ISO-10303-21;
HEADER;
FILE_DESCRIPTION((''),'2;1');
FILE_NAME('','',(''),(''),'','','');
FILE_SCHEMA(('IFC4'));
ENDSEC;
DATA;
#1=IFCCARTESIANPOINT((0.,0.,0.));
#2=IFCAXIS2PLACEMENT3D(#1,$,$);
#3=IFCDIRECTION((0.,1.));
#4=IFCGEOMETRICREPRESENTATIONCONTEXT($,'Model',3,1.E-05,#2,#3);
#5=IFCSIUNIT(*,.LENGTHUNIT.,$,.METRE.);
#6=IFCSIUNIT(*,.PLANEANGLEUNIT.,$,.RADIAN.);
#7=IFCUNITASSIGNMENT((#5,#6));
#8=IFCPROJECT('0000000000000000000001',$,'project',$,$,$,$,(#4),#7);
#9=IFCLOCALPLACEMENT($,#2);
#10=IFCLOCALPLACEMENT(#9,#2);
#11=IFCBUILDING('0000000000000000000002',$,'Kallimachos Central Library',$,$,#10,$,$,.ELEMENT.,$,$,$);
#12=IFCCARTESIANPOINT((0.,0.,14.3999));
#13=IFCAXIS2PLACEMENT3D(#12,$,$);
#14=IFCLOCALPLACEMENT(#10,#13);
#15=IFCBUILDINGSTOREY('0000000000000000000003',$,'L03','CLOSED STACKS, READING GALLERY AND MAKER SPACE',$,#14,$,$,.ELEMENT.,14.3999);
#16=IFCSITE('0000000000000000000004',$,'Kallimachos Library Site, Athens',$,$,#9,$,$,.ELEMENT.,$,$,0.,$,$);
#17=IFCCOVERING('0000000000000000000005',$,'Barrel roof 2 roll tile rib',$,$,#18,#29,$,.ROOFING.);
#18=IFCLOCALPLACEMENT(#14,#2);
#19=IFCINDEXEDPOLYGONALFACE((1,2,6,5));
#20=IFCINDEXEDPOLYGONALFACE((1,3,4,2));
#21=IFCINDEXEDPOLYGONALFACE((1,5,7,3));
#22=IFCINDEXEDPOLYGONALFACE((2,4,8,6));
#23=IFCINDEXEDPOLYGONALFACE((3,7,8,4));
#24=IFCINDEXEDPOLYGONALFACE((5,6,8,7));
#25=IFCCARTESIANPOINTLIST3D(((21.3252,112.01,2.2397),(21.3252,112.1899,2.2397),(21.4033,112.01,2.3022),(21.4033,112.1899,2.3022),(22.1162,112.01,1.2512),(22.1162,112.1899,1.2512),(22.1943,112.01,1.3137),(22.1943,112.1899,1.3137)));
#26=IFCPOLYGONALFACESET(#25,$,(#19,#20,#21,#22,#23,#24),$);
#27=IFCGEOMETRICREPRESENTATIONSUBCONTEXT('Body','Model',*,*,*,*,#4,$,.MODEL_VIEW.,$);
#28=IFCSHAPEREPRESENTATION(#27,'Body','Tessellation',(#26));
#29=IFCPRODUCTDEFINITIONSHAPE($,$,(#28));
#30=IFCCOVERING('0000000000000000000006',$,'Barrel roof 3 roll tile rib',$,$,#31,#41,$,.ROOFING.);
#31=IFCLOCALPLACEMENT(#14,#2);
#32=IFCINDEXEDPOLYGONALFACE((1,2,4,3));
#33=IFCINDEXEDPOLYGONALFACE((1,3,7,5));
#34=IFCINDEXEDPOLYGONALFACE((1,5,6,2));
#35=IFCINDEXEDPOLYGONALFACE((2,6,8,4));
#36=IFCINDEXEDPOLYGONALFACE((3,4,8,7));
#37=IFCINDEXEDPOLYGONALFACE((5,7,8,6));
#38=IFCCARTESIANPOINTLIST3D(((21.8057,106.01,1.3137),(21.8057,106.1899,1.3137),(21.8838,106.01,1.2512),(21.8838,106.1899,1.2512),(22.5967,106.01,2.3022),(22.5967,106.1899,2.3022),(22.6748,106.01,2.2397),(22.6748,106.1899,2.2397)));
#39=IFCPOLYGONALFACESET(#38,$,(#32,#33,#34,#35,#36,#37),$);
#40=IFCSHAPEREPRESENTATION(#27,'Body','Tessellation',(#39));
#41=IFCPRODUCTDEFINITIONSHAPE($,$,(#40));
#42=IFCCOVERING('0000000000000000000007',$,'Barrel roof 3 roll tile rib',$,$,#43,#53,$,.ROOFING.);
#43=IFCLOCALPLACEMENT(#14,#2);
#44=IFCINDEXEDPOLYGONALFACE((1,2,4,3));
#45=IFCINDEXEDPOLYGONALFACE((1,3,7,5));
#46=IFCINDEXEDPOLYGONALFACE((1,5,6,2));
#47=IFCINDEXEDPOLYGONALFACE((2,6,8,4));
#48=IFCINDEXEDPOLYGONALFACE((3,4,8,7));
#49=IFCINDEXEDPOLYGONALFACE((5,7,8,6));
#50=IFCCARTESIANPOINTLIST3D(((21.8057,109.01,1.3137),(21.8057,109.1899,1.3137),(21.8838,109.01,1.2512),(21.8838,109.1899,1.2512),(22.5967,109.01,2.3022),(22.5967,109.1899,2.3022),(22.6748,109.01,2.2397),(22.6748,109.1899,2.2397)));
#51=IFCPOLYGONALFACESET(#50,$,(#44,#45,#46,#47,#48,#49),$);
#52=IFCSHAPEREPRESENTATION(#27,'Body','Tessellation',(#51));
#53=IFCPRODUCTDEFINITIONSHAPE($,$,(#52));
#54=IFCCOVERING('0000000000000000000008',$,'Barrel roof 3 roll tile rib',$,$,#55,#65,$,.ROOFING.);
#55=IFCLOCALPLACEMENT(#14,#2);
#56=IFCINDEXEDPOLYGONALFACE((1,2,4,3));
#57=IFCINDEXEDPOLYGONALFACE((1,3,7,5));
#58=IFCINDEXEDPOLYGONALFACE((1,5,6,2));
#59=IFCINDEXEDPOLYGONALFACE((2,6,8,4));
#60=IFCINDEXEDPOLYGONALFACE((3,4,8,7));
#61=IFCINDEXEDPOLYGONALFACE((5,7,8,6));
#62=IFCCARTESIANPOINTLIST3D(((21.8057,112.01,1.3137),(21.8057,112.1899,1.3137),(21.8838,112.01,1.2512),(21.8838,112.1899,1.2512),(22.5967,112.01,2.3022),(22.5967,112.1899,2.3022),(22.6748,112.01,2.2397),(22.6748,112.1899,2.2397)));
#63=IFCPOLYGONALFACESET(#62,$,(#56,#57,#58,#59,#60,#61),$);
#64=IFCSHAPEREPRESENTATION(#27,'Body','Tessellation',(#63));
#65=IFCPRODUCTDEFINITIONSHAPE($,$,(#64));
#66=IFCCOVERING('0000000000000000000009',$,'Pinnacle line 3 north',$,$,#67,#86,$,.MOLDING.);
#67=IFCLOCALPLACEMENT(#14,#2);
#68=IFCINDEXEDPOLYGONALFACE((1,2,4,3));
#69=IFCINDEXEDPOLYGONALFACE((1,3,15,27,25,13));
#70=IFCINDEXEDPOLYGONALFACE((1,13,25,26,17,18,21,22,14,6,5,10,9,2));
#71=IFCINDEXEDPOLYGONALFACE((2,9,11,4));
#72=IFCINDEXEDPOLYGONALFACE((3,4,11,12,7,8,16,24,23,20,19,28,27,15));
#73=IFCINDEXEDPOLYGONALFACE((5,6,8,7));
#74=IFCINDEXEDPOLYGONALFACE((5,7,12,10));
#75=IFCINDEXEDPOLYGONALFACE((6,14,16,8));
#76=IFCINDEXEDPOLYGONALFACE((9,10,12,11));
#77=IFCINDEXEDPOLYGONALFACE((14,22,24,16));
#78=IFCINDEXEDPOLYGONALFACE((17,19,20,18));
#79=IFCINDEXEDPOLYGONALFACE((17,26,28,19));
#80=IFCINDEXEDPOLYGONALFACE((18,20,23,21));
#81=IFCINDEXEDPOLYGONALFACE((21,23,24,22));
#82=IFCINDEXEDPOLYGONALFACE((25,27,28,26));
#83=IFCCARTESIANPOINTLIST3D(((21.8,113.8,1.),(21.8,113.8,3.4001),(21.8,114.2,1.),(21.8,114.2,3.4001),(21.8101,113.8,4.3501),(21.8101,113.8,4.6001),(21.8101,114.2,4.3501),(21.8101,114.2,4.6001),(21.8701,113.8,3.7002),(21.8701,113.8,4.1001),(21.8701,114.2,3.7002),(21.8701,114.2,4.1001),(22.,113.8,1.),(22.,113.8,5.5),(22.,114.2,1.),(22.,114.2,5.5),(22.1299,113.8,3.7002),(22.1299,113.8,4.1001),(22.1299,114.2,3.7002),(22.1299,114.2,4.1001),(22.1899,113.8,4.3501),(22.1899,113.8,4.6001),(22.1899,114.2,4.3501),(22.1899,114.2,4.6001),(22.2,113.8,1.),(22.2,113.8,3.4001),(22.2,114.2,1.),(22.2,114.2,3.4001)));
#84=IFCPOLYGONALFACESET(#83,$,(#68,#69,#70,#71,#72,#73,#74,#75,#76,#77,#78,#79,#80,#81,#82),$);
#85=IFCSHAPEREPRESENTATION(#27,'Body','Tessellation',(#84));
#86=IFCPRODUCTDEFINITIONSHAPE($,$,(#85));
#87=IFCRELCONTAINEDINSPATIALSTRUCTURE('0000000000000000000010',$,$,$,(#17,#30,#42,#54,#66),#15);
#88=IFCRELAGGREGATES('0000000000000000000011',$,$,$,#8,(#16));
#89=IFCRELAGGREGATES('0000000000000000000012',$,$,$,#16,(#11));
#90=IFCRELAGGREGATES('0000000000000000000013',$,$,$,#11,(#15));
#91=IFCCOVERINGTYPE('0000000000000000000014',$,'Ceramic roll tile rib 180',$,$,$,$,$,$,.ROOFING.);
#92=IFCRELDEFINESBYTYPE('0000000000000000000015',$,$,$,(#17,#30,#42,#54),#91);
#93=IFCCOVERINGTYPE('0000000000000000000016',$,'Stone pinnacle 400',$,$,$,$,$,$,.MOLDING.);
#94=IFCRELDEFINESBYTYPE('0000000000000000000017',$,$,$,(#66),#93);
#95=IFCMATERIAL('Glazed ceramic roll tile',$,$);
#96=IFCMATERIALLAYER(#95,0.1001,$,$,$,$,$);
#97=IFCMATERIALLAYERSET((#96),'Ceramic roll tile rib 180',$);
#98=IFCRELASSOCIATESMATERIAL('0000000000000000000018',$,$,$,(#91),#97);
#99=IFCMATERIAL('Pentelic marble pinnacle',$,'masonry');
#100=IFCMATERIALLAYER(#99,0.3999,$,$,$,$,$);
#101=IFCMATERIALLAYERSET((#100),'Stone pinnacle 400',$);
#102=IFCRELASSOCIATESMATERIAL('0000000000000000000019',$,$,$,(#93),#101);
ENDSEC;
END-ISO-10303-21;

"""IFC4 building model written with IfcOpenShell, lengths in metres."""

from ifc_helpers import new_model, si_unit, direction, frame, origin, place, context, subcontext, project, spatial, polyline, outline, extrude, material, layer, layer_set, type_object, element, save


model = new_model("IFC4")

# Units and contexts
model_context = context("Model", 3, precision=1e-05, world=origin(), true_north=direction((0.0, 1.0)))
body_context = subcontext(model_context, "Body", "Model", "MODEL_VIEW")
ifc_project = project(units=[si_unit("LENGTHUNIT", "METRE"), si_unit("PLANEANGLEUNIT", "RADIAN")], contexts=[model_context])

# Site, building, storey
site_placement = place(None, origin())
site = spatial("IfcSite", under=ifc_project, at=site_placement, Name="Kallimachos Library Site, Athens", CompositionType="ELEMENT", RefElevation=0.0)
building_placement = place(site_placement, origin())
building = spatial("IfcBuilding", under=site, at=building_placement, Name="Kallimachos Central Library", CompositionType="ELEMENT")
storey_placement = place(building_placement, frame((0.0, 0.0, 14.3999)))
storey = spatial("IfcBuildingStorey", under=building, at=storey_placement, Name="L03", Description="CLOSED STACKS, READING GALLERY AND MAKER SPACE", CompositionType="ELEMENT", Elevation=14.3999)

# Coverings
ifc_material_1 = material(Name="Glazed ceramic roll tile")
ifc_layer_1 = layer(ifc_material_1, 0.1001)
ifc_layer_set_1 = layer_set([ifc_layer_1], Name="Ceramic roll tile rib 180")
covering_type_1 = type_object("IfcCoveringType", Name="Ceramic roll tile rib 180", PredefinedType="ROOFING", material=ifc_layer_set_1)
for number, where, z_axis, x_axis, name in (
    (1, (21.4033, 112.01, 2.3022), (0.780794, 0.0, 0.624789), (0.624789, 0.0, -0.780794), "Barrel roof 2 roll tile rib"),
    (2, (21.8057, 106.01, 1.3137), (-0.780794, 0.0, 0.624789), (0.624789, 0.0, 0.780794), "Barrel roof 3 roll tile rib"),
    (3, (21.8057, 109.01, 1.3137), (-0.780794, 0.0, 0.624789), (0.624789, 0.0, 0.780794), "Barrel roof 3 roll tile rib"),
    (4, (21.8057, 112.01, 1.3137), (-0.780794, 0.0, 0.624789), (0.624789, 0.0, 0.780794), "Barrel roof 3 roll tile rib"),
):
    element("IfcCovering", number, at=place(storey_placement, frame(where, z_axis=z_axis, x_axis=x_axis)), inside=storey, type_object=covering_type_1, Name=name, PredefinedType="ROOFING", context=body_context, shape_type="SweptSolid", body=[
        extrude(outline(polyline([(0.0, 0.0), (1.2661, 0.0), (1.2661, 0.1799), (0.0, 0.1799), (0.0, 0.0)])), origin(), (0.0, 0.0, -1.0), 0.1001),
    ])
ifc_material_2 = material(Name="Pentelic marble pinnacle", Category="masonry")
ifc_layer_2 = layer(ifc_material_2, 0.3999)
ifc_layer_set_2 = layer_set([ifc_layer_2], Name="Stone pinnacle 400")
covering_type_2 = type_object("IfcCoveringType", Name="Stone pinnacle 400", PredefinedType="MOLDING", material=ifc_layer_set_2)
covering_placement = place(storey_placement, frame((21.8, 114.2, 1.0), z_axis=(0.0, 1.0, 0.0), x_axis=(0.0, 0.0, 1.0)))
element("IfcCovering", 5, at=covering_placement, inside=storey, type_object=covering_type_2, Name="Pinnacle line 3 north", PredefinedType="MOLDING", context=body_context, shape_type="SweptSolid", body=[
    extrude(outline(polyline([(0.0, 0.0), (2.4001, 0.0), (2.7002, 0.0701), (3.1001, 0.0701), (3.3501, 0.01), (3.6001, 0.01), (4.5, 0.2), (3.6001, 0.3899), (3.3501, 0.3899), (3.1001, 0.3298), (2.7002, 0.3298), (2.4001, 0.3999), (0.0, 0.3999), (0.0, 0.2), (0.0, 0.0)])), origin(), (0.0, 0.0, -1.0), 0.3999),
])

save(model, "model.ifc")
